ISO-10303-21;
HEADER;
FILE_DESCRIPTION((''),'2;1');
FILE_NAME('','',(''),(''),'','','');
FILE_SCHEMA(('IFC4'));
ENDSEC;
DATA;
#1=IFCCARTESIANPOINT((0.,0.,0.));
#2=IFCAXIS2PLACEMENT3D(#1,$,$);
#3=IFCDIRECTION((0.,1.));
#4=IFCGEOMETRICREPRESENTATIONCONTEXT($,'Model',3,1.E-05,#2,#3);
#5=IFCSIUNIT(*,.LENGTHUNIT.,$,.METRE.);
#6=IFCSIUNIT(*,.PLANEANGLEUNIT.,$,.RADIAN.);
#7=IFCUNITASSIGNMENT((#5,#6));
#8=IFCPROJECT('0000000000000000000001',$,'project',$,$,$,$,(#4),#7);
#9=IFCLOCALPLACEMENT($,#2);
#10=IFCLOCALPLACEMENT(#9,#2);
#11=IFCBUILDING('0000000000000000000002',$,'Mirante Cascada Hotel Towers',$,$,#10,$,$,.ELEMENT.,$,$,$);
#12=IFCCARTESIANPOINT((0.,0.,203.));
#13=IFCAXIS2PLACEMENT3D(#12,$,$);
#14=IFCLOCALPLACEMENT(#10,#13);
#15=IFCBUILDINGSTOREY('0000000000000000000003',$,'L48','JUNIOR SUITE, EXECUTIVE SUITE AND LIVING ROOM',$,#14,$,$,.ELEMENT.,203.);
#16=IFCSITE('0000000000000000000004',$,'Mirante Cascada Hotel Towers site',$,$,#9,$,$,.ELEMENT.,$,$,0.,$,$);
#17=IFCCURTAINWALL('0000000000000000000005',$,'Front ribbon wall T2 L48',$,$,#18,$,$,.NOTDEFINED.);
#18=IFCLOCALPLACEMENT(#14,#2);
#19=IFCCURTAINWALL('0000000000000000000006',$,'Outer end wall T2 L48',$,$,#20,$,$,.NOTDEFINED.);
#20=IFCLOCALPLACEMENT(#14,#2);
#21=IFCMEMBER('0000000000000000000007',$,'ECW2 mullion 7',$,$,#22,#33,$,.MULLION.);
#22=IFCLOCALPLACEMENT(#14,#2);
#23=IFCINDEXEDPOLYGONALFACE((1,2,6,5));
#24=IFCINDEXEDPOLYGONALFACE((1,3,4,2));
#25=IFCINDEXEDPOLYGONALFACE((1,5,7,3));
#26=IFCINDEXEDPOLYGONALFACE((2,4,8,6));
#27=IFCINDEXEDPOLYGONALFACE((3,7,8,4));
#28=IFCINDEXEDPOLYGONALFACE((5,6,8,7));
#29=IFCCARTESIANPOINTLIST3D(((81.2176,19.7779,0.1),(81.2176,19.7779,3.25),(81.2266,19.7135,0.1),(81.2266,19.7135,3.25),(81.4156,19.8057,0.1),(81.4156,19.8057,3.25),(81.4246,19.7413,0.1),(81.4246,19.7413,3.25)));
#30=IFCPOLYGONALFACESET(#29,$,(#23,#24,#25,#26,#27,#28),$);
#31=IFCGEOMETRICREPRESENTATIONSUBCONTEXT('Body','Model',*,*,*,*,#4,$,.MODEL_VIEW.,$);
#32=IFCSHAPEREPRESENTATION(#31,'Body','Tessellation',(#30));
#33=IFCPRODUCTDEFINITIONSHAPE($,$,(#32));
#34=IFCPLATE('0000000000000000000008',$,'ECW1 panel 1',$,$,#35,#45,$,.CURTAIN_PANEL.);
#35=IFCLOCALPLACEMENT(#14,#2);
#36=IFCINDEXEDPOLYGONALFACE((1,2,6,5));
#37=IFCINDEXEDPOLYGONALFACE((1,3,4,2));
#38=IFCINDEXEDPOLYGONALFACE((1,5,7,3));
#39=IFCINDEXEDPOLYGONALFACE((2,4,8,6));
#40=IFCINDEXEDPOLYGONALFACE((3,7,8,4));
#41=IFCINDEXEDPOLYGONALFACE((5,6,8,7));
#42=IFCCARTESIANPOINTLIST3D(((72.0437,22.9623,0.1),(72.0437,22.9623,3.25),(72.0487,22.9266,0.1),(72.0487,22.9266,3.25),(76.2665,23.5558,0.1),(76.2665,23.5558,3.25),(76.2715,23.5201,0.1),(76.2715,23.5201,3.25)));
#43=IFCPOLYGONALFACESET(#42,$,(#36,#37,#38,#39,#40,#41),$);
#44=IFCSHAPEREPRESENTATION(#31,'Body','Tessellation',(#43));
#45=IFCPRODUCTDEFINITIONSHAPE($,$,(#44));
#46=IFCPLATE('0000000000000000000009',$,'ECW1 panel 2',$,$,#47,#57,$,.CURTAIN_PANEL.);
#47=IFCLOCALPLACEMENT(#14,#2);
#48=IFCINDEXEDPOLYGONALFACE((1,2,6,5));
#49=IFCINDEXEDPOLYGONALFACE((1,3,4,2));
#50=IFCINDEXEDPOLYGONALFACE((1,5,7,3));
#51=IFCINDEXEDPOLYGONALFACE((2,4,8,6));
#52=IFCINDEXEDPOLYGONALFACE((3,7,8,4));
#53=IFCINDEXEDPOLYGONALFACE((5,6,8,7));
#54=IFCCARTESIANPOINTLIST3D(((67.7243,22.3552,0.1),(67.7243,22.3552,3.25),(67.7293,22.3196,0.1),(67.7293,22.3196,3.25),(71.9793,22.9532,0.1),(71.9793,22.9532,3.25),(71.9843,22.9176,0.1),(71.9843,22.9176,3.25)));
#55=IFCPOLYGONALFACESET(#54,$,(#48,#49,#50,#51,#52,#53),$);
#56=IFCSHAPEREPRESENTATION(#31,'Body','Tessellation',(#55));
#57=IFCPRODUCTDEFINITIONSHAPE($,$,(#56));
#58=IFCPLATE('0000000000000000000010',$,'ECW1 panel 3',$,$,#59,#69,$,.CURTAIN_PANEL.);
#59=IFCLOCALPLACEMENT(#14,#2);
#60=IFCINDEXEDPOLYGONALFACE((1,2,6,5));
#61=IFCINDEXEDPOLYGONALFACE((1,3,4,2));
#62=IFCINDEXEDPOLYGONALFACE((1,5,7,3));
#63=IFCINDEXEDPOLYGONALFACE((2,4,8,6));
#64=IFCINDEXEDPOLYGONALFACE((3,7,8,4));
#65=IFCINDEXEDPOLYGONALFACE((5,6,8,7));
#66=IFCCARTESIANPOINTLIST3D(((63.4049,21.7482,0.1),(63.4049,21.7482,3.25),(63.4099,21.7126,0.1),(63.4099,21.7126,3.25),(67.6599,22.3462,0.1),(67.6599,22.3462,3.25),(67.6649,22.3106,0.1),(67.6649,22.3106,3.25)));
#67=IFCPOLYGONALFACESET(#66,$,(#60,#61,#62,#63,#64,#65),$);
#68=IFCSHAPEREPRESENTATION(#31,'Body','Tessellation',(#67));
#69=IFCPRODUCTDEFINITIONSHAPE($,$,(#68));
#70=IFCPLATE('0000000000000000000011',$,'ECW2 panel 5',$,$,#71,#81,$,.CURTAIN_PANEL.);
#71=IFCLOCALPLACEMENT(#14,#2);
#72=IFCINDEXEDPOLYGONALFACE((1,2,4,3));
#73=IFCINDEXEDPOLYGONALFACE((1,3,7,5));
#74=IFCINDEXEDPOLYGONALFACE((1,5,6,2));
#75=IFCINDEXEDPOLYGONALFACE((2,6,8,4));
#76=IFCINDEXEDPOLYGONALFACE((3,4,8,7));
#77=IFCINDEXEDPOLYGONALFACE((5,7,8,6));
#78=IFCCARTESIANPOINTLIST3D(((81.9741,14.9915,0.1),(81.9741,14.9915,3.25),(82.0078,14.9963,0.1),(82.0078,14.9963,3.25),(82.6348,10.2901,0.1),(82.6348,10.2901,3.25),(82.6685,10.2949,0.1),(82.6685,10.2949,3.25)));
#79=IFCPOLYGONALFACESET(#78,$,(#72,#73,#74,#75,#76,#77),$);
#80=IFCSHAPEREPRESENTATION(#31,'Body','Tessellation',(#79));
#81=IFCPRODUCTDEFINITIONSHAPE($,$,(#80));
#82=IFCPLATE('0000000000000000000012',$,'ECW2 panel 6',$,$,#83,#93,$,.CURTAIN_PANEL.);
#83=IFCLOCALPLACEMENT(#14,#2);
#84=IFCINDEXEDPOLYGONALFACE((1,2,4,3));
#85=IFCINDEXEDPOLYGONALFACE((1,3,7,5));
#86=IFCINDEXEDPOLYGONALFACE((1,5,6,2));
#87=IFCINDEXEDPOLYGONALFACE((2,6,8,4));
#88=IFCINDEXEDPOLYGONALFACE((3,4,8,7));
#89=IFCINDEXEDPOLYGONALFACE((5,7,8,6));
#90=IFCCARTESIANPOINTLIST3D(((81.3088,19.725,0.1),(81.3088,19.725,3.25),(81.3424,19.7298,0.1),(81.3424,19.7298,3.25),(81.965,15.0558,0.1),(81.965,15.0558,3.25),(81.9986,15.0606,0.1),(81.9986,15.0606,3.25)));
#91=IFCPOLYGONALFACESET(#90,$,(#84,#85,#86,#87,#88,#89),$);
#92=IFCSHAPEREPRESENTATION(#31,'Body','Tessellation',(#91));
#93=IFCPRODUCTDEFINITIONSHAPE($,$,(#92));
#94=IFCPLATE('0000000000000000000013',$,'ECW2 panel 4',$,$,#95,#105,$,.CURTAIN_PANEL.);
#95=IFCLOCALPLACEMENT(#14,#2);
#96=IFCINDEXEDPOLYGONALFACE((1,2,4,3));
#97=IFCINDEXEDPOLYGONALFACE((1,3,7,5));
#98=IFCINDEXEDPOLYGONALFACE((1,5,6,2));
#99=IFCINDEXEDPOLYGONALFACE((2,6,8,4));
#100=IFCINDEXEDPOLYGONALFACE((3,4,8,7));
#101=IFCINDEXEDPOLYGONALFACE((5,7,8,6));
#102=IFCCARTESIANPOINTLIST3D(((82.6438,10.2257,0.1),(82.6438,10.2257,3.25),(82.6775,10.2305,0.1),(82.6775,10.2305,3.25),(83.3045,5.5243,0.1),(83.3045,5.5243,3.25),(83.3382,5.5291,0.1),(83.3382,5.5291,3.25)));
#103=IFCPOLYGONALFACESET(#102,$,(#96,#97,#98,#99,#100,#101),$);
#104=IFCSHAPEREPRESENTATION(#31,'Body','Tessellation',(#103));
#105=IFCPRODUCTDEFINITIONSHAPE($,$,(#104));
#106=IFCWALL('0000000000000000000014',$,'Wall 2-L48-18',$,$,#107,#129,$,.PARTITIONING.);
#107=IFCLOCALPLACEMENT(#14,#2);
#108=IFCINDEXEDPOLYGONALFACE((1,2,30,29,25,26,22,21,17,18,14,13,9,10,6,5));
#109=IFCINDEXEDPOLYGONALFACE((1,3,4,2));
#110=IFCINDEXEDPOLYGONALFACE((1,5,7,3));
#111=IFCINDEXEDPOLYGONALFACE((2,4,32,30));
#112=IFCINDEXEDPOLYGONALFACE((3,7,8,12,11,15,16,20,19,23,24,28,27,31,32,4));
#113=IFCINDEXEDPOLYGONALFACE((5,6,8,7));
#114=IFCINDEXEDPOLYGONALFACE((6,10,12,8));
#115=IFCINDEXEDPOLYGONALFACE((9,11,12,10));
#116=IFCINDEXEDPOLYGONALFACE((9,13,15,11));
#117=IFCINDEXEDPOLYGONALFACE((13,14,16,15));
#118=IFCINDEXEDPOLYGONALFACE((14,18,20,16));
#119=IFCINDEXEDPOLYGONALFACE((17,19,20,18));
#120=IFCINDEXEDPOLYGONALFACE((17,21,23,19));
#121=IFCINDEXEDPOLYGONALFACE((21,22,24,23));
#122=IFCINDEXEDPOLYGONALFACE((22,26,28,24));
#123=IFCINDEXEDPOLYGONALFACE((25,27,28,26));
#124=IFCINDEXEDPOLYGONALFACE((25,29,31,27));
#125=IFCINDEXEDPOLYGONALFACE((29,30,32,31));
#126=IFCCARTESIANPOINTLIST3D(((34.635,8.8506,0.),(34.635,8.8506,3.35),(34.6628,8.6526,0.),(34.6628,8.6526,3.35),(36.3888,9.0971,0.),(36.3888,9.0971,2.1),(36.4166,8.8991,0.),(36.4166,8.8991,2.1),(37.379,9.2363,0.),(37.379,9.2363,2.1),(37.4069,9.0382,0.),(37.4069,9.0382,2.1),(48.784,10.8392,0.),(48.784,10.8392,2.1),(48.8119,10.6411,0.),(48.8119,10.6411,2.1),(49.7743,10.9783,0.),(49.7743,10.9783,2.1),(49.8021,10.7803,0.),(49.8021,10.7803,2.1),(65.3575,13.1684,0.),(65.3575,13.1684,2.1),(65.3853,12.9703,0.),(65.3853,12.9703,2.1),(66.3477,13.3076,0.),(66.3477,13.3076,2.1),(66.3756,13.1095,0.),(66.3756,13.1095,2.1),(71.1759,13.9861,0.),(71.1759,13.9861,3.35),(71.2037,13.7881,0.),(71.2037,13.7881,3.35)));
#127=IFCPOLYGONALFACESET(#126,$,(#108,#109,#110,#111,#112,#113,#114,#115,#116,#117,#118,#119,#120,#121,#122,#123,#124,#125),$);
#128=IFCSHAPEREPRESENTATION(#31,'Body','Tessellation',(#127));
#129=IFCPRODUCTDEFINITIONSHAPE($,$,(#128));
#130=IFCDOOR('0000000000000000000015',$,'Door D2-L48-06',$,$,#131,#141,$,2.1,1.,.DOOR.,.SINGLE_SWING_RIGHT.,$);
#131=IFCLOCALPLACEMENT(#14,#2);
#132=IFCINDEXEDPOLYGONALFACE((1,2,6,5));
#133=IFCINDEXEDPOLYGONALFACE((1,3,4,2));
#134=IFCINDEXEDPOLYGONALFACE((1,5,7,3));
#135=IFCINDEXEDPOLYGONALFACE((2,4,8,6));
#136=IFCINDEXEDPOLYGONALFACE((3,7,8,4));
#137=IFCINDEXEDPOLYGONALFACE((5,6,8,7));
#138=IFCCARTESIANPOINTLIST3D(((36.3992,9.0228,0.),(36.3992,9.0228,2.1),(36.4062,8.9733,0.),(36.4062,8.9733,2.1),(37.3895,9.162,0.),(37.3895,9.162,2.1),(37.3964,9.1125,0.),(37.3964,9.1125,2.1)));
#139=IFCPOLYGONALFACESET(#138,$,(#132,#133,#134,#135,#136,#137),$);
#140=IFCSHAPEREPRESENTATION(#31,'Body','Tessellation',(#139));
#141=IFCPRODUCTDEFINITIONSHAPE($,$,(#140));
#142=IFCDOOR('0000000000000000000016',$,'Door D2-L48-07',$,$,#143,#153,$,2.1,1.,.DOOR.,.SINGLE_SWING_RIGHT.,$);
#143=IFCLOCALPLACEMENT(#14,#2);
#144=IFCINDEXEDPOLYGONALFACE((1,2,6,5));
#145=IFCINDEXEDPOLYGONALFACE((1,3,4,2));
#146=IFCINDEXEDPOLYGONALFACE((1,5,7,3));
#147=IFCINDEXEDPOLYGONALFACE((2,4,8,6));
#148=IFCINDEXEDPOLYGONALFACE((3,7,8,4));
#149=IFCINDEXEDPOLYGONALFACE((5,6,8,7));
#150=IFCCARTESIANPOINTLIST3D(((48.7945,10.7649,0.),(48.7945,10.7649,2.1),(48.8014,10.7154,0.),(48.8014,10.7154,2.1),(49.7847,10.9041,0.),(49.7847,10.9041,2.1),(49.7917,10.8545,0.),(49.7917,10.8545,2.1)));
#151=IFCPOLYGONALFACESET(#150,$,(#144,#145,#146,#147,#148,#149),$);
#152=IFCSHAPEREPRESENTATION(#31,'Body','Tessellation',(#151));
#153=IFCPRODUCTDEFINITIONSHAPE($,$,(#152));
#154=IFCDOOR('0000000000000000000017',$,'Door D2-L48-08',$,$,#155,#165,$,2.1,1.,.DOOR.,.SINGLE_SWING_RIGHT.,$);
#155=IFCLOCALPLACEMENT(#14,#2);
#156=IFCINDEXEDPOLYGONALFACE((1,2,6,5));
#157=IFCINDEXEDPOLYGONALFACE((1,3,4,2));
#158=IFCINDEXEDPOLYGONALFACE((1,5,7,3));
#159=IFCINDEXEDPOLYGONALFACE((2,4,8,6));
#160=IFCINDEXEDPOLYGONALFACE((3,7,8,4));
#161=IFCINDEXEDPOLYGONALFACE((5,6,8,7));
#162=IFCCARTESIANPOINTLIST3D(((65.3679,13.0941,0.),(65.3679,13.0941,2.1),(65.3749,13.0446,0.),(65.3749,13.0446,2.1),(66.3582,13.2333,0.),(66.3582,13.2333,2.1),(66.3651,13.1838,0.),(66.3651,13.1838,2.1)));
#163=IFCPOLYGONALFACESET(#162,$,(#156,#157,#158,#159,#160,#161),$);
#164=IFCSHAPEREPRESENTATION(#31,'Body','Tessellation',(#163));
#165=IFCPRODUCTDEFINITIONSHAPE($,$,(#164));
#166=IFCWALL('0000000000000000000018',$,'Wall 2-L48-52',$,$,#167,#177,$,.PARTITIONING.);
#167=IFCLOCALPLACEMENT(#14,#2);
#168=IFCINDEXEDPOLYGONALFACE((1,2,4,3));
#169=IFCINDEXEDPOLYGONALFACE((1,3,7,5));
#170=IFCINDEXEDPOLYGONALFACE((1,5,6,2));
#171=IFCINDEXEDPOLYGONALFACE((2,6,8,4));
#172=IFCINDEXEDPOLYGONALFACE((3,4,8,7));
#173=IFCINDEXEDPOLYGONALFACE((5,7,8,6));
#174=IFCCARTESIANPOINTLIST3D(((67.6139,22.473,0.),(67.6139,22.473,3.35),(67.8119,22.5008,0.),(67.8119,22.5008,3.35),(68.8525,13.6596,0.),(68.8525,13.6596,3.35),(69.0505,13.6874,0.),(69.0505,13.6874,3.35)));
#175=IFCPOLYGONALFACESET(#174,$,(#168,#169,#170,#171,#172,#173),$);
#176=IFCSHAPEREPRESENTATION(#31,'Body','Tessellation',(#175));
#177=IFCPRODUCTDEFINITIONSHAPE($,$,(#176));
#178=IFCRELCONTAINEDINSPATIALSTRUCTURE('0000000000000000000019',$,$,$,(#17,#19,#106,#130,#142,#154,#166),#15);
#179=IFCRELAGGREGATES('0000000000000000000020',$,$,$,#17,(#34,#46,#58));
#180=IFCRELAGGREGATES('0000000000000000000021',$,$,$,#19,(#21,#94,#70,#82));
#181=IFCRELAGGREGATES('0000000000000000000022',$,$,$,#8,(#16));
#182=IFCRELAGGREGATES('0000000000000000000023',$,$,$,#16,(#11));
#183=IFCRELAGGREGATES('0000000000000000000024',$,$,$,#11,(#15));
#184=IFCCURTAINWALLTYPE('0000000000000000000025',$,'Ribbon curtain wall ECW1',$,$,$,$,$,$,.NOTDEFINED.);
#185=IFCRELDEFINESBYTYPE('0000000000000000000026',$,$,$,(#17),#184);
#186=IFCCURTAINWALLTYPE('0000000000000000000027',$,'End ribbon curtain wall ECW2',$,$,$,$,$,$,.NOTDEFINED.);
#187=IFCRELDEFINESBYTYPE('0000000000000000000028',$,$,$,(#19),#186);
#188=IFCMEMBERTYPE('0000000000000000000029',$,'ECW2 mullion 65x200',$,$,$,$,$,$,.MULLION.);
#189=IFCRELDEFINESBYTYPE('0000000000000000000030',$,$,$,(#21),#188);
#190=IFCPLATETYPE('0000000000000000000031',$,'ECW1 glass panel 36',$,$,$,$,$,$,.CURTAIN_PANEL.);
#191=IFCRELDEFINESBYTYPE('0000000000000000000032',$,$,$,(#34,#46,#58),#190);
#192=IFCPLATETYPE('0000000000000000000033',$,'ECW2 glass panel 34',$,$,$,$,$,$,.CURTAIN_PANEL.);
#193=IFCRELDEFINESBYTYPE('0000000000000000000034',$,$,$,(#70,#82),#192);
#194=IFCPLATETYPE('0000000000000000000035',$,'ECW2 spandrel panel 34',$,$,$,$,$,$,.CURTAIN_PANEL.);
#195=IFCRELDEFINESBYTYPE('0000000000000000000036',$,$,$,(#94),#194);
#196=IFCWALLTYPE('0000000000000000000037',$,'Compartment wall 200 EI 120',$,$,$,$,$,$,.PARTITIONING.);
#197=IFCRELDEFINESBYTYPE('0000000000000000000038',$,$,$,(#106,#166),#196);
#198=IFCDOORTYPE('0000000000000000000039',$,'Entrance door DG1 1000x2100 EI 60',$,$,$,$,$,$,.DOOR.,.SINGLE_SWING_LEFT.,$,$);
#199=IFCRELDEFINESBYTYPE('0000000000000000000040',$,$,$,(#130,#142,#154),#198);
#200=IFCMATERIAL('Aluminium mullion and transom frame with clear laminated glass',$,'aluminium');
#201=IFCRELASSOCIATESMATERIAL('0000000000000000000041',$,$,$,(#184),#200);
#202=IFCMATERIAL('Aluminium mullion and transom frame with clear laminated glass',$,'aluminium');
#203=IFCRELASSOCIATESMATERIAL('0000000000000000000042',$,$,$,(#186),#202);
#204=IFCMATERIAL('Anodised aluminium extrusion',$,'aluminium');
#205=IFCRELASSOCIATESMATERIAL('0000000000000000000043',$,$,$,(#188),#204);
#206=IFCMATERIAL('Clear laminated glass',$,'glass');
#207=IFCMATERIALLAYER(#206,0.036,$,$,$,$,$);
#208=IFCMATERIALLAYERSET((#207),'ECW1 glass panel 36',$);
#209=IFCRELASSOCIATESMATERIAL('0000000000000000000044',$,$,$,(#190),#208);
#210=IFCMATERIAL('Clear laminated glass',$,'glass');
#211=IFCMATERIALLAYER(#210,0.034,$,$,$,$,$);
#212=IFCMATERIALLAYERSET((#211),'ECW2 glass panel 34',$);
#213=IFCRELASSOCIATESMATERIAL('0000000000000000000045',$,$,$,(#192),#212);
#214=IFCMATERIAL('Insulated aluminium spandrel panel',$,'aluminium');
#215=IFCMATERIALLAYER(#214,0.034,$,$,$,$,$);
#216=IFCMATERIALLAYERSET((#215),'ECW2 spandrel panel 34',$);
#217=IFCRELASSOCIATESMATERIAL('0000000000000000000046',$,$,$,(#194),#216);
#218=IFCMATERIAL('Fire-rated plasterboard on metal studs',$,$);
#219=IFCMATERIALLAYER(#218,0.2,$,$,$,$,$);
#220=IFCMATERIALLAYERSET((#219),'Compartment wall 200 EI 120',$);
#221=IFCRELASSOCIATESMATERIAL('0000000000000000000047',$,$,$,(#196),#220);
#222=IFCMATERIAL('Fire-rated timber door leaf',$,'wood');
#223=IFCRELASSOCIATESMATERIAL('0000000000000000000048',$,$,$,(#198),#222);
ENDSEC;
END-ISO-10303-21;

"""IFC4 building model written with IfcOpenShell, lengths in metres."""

from ifc_helpers import new_model, si_unit, direction, frame, frame_2d, origin, origin_2d, place, context, subcontext, project, spatial, rectangle, extrude, material, layer, layer_set, material_profile, profile_set, type_object, element, fill, aggregate, save


model = new_model("IFC4")

# Units and contexts
model_context = context("Model", 3, precision=1e-05, world=origin(), true_north=direction((0.0, 1.0)))
body_context = subcontext(model_context, "Body", "Model", "MODEL_VIEW")
ifc_project = project(units=[si_unit("LENGTHUNIT", "METRE"), si_unit("PLANEANGLEUNIT", "RADIAN")], contexts=[model_context])

# Site, building, storey
site_placement = place(None, origin())
site = spatial("IfcSite", under=ifc_project, at=site_placement, Name="Mirante Cascada Hotel Towers site", CompositionType="ELEMENT", RefElevation=0.0)
building_placement = place(site_placement, origin())
building = spatial("IfcBuilding", under=site, at=building_placement, Name="Mirante Cascada Hotel Towers", CompositionType="ELEMENT")
storey_placement = place(building_placement, frame((0.0, 0.0, 203.0)))
storey = spatial("IfcBuildingStorey", under=building, at=storey_placement, Name="L48", Description="JUNIOR SUITE, EXECUTIVE SUITE AND LIVING ROOM", CompositionType="ELEMENT", Elevation=203.0)

# Curtain walls, member
ifc_material_1 = material(Name="Aluminium mullion and transom frame with clear laminated glass", Category="aluminium")
curtain_wall_type_1 = type_object("IfcCurtainWallType", Name="Ribbon curtain wall ECW1", PredefinedType="NOTDEFINED", material=ifc_material_1)
curtain_wall_1_placement = place(storey_placement, origin())
curtain_wall_1 = element("IfcCurtainWall", 1, at=curtain_wall_1_placement, inside=storey, type_object=curtain_wall_type_1, Name="Front ribbon wall T2 L48", PredefinedType="NOTDEFINED")
ifc_material_2 = material(Name="Aluminium mullion and transom frame with clear laminated glass", Category="aluminium")
curtain_wall_type_2 = type_object("IfcCurtainWallType", Name="End ribbon curtain wall ECW2", PredefinedType="NOTDEFINED", material=ifc_material_2)
curtain_wall_2_placement = place(storey_placement, origin())
curtain_wall_2 = element("IfcCurtainWall", 2, at=curtain_wall_2_placement, inside=storey, type_object=curtain_wall_type_2, Name="Outer end wall T2 L48", PredefinedType="NOTDEFINED")
ifc_material_3 = material(Name="Anodised aluminium extrusion", Category="aluminium")
ifc_material_profile_1 = material_profile(ifc_material_3, rectangle(XDim=0.2, YDim=0.065, at=origin_2d()), Name="ECW2 MULLION 65x200")
ifc_profile_set_1 = profile_set([ifc_material_profile_1], Name="Anodised aluminium extrusion")
member_type_1 = type_object("IfcMemberType", Name="ECW2 mullion 65x200", PredefinedType="MULLION", material=ifc_profile_set_1)
member_1_placement = place(storey_placement, frame((81.3211, 19.7596, 0.1), z_axis=(0.0, 0.0, 1.0), x_axis=(-0.990268, -0.139173, 0.0)))
member_1 = element("IfcMember", 3, at=member_1_placement, type_object=member_type_1, Name="ECW2 mullion 7", PredefinedType="MULLION", context=body_context, shape_type="SweptSolid", body=[
    extrude(rectangle(XDim=0.2, YDim=0.065, at=origin_2d()), origin(), (0.0, 0.0, 1.0), 3.15),
])

# Plates
ifc_material_4 = material(Name="Clear laminated glass", Category="glass")
ifc_layer_1 = layer(ifc_material_4, 0.036)
ifc_layer_set_1 = layer_set([ifc_layer_1], Name="ECW1 glass panel 36")
plate_type_1 = type_object("IfcPlateType", Name="ECW1 glass panel 36", PredefinedType="CURTAIN_PANEL", material=ifc_layer_set_1)
plate_1_placement = place(storey_placement, frame((74.1576, 23.2412, 0.1), z_axis=(0.0, 0.0, 1.0), x_axis=(-0.990268, -0.139173, 0.0)))
plate_1 = element("IfcPlate", 4, at=plate_1_placement, type_object=plate_type_1, Name="ECW1 panel 1", PredefinedType="CURTAIN_PANEL", context=body_context, shape_type="SweptSolid", body=[
    extrude(rectangle(XDim=4.2643, YDim=0.036, at=origin_2d()), origin(), (0.0, 0.0, 1.0), 3.15),
])
plate_2_placement = place(storey_placement, frame((69.8543, 22.6364, 0.1), z_axis=(0.0, 0.0, 1.0), x_axis=(-0.990268, -0.139173, 0.0)))
plate_2 = element("IfcPlate", 5, at=plate_2_placement, type_object=plate_type_1, Name="ECW1 panel 2", PredefinedType="CURTAIN_PANEL", context=body_context, shape_type="SweptSolid", body=[
    extrude(rectangle(XDim=4.2968, YDim=0.036, at=origin_2d()), origin(), (0.0, 0.0, 1.0), 3.15),
])
plate_3_placement = place(storey_placement, frame((65.5349, 22.0294, 0.1), z_axis=(0.0, 0.0, 1.0), x_axis=(-0.990268, -0.139173, 0.0)))
plate_3 = element("IfcPlate", 6, at=plate_3_placement, type_object=plate_type_1, Name="ECW1 panel 3", PredefinedType="CURTAIN_PANEL", context=body_context, shape_type="SweptSolid", body=[
    extrude(rectangle(XDim=4.2968, YDim=0.036, at=origin_2d()), origin(), (0.0, 0.0, 1.0), 3.15),
])
aggregate(curtain_wall_1, [plate_1, plate_2, plate_3])
ifc_material_5 = material(Name="Clear laminated glass", Category="glass")
ifc_layer_2 = layer(ifc_material_5, 0.034)
ifc_layer_set_2 = layer_set([ifc_layer_2], Name="ECW2 glass panel 34")
plate_type_2 = type_object("IfcPlateType", Name="ECW2 glass panel 34", PredefinedType="CURTAIN_PANEL", material=ifc_layer_set_2)
plate_4_placement = place(storey_placement, frame((82.3213, 12.6432, 0.1), z_axis=(0.0, 0.0, 1.0), x_axis=(-0.139173, 0.990268, 0.0)))
plate_4 = element("IfcPlate", 7, at=plate_4_placement, type_object=plate_type_2, Name="ECW2 panel 5", PredefinedType="CURTAIN_PANEL", context=body_context, shape_type="SweptSolid", body=[
    extrude(rectangle(XDim=4.7476, YDim=0.034, at=origin_2d()), origin(), (0.0, 0.0, 1.0), 3.15),
])
plate_5_placement = place(storey_placement, frame((81.6537, 17.3928, 0.1), z_axis=(0.0, 0.0, 1.0), x_axis=(-0.139173, 0.990268, 0.0)))
plate_5 = element("IfcPlate", 8, at=plate_5_placement, type_object=plate_type_2, Name="ECW2 panel 6", PredefinedType="CURTAIN_PANEL", context=body_context, shape_type="SweptSolid", body=[
    extrude(rectangle(XDim=4.7151, YDim=0.034, at=origin_2d()), origin(), (0.0, 0.0, 1.0), 3.15),
])
ifc_material_6 = material(Name="Insulated aluminium spandrel panel", Category="aluminium")
ifc_layer_3 = layer(ifc_material_6, 0.034)
ifc_layer_set_3 = layer_set([ifc_layer_3], Name="ECW2 spandrel panel 34")
plate_type_3 = type_object("IfcPlateType", Name="ECW2 spandrel panel 34", PredefinedType="CURTAIN_PANEL", material=ifc_layer_set_3)
plate_6_placement = place(storey_placement, frame((82.991, 7.8774, 0.1), z_axis=(0.0, 0.0, 1.0), x_axis=(-0.139173, 0.990268, 0.0)))
plate_6 = element("IfcPlate", 9, at=plate_6_placement, type_object=plate_type_3, Name="ECW2 panel 4", PredefinedType="CURTAIN_PANEL", context=body_context, shape_type="SweptSolid", body=[
    extrude(rectangle(XDim=4.7476, YDim=0.034, at=origin_2d()), origin(), (0.0, 0.0, 1.0), 3.15),
])
aggregate(curtain_wall_2, [member_1, plate_6, plate_4, plate_5])

# Wall, openings, doors
ifc_material_7 = material(Name="Fire-rated plasterboard on metal studs")
ifc_layer_4 = layer(ifc_material_7, 0.2)
ifc_layer_set_4 = layer_set([ifc_layer_4], Name="Compartment wall 200 EI 120")
wall_type_1 = type_object("IfcWallType", Name="Compartment wall 200 EI 120", PredefinedType="PARTITIONING", material=ifc_layer_set_4)
wall_1_placement = place(storey_placement, frame((71.1898, 13.8871, 0.0), z_axis=(0.0, 0.0, 1.0), x_axis=(-0.990268, -0.139173, 0.0)))
wall_1 = element("IfcWall", 10, at=wall_1_placement, inside=storey, type_object=wall_type_1, Name="Wall 2-L48-18", PredefinedType="PARTITIONING", context=body_context, shape_type="SweptSolid", body=[
    extrude(rectangle(XDim=36.9, YDim=0.2, at=frame_2d((18.45, 0.0))), origin(), (0.0, 0.0, 1.0), 3.35),
])
opening_1_placement = place(wall_1_placement, frame((34.129, 0.0, 0.0)))
opening_1 = element("IfcOpeningElement", 11, at=opening_1_placement, cuts=wall_1, PredefinedType="OPENING", context=body_context, shape_type="SweptSolid", body=[
    extrude(rectangle(XDim=1.0, YDim=2.1, at=frame_2d((0.5, 1.05))), frame((0.0, 0.1, 0.0), z_axis=(0.0, -1.0, 0.0), x_axis=(1.0, 0.0, 0.0)), (0.0, 0.0, 1.0), 0.2),
])
opening_2_placement = place(wall_1_placement, frame((21.6119, 0.0, 0.0)))
opening_2 = element("IfcOpeningElement", 12, at=opening_2_placement, cuts=wall_1, PredefinedType="OPENING", context=body_context, shape_type="SweptSolid", body=[
    extrude(rectangle(XDim=1.0, YDim=2.1, at=frame_2d((0.5, 1.05))), frame((0.0, 0.1, 0.0), z_axis=(0.0, -1.0, 0.0), x_axis=(1.0, 0.0, 0.0)), (0.0, 0.0, 1.0), 0.2),
])
opening_3_placement = place(wall_1_placement, frame((4.8756, 0.0, 0.0)))
opening_3 = element("IfcOpeningElement", 13, at=opening_3_placement, cuts=wall_1, PredefinedType="OPENING", context=body_context, shape_type="SweptSolid", body=[
    extrude(rectangle(XDim=1.0, YDim=2.1, at=frame_2d((0.5, 1.05))), frame((0.0, 0.1, 0.0), z_axis=(0.0, -1.0, 0.0), x_axis=(1.0, 0.0, 0.0)), (0.0, 0.0, 1.0), 0.2),
])
ifc_material_8 = material(Name="Fire-rated timber door leaf", Category="wood")
door_type_1 = type_object("IfcDoorType", Name="Entrance door DG1 1000x2100 EI 60", OperationType="SINGLE_SWING_LEFT", PredefinedType="DOOR", material=ifc_material_8)
door_1_placement = place(opening_1_placement, frame((1.0, 0.0, 0.0), z_axis=(0.0, 0.0, 1.0), x_axis=(-1.0, 0.0, 0.0)))
door_1 = element("IfcDoor", 14, at=door_1_placement, inside=storey, type_object=door_type_1, Name="Door D2-L48-06", OperationType="SINGLE_SWING_RIGHT", OverallHeight=2.1, OverallWidth=1.0, PredefinedType="DOOR", context=body_context, shape_type="SweptSolid", body=[
    extrude(rectangle(XDim=1.0, YDim=2.1, at=frame_2d((0.5, 1.05))), frame((0.0, 0.025, 0.0), z_axis=(0.0, -1.0, 0.0), x_axis=(1.0, 0.0, 0.0)), (0.0, 0.0, 1.0), 0.05),
])
fill(opening_1, door_1)
door_2_placement = place(opening_2_placement, frame((1.0, 0.0, 0.0), z_axis=(0.0, 0.0, 1.0), x_axis=(-1.0, 0.0, 0.0)))
door_2 = element("IfcDoor", 15, at=door_2_placement, inside=storey, type_object=door_type_1, Name="Door D2-L48-07", OperationType="SINGLE_SWING_RIGHT", OverallHeight=2.1, OverallWidth=1.0, PredefinedType="DOOR", context=body_context, shape_type="SweptSolid", body=[
    extrude(rectangle(XDim=1.0, YDim=2.1, at=frame_2d((0.5, 1.05))), frame((0.0, 0.025, 0.0), z_axis=(0.0, -1.0, 0.0), x_axis=(1.0, 0.0, 0.0)), (0.0, 0.0, 1.0), 0.05),
])
fill(opening_2, door_2)
door_3_placement = place(opening_3_placement, frame((1.0, 0.0, 0.0), z_axis=(0.0, 0.0, 1.0), x_axis=(-1.0, 0.0, 0.0)))
door_3 = element("IfcDoor", 16, at=door_3_placement, inside=storey, type_object=door_type_1, Name="Door D2-L48-08", OperationType="SINGLE_SWING_RIGHT", OverallHeight=2.1, OverallWidth=1.0, PredefinedType="DOOR", context=body_context, shape_type="SweptSolid", body=[
    extrude(rectangle(XDim=1.0, YDim=2.1, at=frame_2d((0.5, 1.05))), frame((0.0, 0.025, 0.0), z_axis=(0.0, -1.0, 0.0), x_axis=(1.0, 0.0, 0.0)), (0.0, 0.0, 1.0), 0.05),
])
fill(opening_3, door_3)

# Wall
wall_2_placement = place(storey_placement, frame((67.7129, 22.4869, 0.0), z_axis=(0.0, 0.0, 1.0), x_axis=(0.139168, -0.990269, 0.0)))
element("IfcWall", 17, at=wall_2_placement, inside=storey, type_object=wall_type_1, Name="Wall 2-L48-52", PredefinedType="PARTITIONING", context=body_context, shape_type="SweptSolid", body=[
    extrude(rectangle(XDim=8.9, YDim=0.2, at=frame_2d((4.45, 0.0))), origin(), (0.0, 0.0, 1.0), 3.35),
])

save(model, "model.ifc")
